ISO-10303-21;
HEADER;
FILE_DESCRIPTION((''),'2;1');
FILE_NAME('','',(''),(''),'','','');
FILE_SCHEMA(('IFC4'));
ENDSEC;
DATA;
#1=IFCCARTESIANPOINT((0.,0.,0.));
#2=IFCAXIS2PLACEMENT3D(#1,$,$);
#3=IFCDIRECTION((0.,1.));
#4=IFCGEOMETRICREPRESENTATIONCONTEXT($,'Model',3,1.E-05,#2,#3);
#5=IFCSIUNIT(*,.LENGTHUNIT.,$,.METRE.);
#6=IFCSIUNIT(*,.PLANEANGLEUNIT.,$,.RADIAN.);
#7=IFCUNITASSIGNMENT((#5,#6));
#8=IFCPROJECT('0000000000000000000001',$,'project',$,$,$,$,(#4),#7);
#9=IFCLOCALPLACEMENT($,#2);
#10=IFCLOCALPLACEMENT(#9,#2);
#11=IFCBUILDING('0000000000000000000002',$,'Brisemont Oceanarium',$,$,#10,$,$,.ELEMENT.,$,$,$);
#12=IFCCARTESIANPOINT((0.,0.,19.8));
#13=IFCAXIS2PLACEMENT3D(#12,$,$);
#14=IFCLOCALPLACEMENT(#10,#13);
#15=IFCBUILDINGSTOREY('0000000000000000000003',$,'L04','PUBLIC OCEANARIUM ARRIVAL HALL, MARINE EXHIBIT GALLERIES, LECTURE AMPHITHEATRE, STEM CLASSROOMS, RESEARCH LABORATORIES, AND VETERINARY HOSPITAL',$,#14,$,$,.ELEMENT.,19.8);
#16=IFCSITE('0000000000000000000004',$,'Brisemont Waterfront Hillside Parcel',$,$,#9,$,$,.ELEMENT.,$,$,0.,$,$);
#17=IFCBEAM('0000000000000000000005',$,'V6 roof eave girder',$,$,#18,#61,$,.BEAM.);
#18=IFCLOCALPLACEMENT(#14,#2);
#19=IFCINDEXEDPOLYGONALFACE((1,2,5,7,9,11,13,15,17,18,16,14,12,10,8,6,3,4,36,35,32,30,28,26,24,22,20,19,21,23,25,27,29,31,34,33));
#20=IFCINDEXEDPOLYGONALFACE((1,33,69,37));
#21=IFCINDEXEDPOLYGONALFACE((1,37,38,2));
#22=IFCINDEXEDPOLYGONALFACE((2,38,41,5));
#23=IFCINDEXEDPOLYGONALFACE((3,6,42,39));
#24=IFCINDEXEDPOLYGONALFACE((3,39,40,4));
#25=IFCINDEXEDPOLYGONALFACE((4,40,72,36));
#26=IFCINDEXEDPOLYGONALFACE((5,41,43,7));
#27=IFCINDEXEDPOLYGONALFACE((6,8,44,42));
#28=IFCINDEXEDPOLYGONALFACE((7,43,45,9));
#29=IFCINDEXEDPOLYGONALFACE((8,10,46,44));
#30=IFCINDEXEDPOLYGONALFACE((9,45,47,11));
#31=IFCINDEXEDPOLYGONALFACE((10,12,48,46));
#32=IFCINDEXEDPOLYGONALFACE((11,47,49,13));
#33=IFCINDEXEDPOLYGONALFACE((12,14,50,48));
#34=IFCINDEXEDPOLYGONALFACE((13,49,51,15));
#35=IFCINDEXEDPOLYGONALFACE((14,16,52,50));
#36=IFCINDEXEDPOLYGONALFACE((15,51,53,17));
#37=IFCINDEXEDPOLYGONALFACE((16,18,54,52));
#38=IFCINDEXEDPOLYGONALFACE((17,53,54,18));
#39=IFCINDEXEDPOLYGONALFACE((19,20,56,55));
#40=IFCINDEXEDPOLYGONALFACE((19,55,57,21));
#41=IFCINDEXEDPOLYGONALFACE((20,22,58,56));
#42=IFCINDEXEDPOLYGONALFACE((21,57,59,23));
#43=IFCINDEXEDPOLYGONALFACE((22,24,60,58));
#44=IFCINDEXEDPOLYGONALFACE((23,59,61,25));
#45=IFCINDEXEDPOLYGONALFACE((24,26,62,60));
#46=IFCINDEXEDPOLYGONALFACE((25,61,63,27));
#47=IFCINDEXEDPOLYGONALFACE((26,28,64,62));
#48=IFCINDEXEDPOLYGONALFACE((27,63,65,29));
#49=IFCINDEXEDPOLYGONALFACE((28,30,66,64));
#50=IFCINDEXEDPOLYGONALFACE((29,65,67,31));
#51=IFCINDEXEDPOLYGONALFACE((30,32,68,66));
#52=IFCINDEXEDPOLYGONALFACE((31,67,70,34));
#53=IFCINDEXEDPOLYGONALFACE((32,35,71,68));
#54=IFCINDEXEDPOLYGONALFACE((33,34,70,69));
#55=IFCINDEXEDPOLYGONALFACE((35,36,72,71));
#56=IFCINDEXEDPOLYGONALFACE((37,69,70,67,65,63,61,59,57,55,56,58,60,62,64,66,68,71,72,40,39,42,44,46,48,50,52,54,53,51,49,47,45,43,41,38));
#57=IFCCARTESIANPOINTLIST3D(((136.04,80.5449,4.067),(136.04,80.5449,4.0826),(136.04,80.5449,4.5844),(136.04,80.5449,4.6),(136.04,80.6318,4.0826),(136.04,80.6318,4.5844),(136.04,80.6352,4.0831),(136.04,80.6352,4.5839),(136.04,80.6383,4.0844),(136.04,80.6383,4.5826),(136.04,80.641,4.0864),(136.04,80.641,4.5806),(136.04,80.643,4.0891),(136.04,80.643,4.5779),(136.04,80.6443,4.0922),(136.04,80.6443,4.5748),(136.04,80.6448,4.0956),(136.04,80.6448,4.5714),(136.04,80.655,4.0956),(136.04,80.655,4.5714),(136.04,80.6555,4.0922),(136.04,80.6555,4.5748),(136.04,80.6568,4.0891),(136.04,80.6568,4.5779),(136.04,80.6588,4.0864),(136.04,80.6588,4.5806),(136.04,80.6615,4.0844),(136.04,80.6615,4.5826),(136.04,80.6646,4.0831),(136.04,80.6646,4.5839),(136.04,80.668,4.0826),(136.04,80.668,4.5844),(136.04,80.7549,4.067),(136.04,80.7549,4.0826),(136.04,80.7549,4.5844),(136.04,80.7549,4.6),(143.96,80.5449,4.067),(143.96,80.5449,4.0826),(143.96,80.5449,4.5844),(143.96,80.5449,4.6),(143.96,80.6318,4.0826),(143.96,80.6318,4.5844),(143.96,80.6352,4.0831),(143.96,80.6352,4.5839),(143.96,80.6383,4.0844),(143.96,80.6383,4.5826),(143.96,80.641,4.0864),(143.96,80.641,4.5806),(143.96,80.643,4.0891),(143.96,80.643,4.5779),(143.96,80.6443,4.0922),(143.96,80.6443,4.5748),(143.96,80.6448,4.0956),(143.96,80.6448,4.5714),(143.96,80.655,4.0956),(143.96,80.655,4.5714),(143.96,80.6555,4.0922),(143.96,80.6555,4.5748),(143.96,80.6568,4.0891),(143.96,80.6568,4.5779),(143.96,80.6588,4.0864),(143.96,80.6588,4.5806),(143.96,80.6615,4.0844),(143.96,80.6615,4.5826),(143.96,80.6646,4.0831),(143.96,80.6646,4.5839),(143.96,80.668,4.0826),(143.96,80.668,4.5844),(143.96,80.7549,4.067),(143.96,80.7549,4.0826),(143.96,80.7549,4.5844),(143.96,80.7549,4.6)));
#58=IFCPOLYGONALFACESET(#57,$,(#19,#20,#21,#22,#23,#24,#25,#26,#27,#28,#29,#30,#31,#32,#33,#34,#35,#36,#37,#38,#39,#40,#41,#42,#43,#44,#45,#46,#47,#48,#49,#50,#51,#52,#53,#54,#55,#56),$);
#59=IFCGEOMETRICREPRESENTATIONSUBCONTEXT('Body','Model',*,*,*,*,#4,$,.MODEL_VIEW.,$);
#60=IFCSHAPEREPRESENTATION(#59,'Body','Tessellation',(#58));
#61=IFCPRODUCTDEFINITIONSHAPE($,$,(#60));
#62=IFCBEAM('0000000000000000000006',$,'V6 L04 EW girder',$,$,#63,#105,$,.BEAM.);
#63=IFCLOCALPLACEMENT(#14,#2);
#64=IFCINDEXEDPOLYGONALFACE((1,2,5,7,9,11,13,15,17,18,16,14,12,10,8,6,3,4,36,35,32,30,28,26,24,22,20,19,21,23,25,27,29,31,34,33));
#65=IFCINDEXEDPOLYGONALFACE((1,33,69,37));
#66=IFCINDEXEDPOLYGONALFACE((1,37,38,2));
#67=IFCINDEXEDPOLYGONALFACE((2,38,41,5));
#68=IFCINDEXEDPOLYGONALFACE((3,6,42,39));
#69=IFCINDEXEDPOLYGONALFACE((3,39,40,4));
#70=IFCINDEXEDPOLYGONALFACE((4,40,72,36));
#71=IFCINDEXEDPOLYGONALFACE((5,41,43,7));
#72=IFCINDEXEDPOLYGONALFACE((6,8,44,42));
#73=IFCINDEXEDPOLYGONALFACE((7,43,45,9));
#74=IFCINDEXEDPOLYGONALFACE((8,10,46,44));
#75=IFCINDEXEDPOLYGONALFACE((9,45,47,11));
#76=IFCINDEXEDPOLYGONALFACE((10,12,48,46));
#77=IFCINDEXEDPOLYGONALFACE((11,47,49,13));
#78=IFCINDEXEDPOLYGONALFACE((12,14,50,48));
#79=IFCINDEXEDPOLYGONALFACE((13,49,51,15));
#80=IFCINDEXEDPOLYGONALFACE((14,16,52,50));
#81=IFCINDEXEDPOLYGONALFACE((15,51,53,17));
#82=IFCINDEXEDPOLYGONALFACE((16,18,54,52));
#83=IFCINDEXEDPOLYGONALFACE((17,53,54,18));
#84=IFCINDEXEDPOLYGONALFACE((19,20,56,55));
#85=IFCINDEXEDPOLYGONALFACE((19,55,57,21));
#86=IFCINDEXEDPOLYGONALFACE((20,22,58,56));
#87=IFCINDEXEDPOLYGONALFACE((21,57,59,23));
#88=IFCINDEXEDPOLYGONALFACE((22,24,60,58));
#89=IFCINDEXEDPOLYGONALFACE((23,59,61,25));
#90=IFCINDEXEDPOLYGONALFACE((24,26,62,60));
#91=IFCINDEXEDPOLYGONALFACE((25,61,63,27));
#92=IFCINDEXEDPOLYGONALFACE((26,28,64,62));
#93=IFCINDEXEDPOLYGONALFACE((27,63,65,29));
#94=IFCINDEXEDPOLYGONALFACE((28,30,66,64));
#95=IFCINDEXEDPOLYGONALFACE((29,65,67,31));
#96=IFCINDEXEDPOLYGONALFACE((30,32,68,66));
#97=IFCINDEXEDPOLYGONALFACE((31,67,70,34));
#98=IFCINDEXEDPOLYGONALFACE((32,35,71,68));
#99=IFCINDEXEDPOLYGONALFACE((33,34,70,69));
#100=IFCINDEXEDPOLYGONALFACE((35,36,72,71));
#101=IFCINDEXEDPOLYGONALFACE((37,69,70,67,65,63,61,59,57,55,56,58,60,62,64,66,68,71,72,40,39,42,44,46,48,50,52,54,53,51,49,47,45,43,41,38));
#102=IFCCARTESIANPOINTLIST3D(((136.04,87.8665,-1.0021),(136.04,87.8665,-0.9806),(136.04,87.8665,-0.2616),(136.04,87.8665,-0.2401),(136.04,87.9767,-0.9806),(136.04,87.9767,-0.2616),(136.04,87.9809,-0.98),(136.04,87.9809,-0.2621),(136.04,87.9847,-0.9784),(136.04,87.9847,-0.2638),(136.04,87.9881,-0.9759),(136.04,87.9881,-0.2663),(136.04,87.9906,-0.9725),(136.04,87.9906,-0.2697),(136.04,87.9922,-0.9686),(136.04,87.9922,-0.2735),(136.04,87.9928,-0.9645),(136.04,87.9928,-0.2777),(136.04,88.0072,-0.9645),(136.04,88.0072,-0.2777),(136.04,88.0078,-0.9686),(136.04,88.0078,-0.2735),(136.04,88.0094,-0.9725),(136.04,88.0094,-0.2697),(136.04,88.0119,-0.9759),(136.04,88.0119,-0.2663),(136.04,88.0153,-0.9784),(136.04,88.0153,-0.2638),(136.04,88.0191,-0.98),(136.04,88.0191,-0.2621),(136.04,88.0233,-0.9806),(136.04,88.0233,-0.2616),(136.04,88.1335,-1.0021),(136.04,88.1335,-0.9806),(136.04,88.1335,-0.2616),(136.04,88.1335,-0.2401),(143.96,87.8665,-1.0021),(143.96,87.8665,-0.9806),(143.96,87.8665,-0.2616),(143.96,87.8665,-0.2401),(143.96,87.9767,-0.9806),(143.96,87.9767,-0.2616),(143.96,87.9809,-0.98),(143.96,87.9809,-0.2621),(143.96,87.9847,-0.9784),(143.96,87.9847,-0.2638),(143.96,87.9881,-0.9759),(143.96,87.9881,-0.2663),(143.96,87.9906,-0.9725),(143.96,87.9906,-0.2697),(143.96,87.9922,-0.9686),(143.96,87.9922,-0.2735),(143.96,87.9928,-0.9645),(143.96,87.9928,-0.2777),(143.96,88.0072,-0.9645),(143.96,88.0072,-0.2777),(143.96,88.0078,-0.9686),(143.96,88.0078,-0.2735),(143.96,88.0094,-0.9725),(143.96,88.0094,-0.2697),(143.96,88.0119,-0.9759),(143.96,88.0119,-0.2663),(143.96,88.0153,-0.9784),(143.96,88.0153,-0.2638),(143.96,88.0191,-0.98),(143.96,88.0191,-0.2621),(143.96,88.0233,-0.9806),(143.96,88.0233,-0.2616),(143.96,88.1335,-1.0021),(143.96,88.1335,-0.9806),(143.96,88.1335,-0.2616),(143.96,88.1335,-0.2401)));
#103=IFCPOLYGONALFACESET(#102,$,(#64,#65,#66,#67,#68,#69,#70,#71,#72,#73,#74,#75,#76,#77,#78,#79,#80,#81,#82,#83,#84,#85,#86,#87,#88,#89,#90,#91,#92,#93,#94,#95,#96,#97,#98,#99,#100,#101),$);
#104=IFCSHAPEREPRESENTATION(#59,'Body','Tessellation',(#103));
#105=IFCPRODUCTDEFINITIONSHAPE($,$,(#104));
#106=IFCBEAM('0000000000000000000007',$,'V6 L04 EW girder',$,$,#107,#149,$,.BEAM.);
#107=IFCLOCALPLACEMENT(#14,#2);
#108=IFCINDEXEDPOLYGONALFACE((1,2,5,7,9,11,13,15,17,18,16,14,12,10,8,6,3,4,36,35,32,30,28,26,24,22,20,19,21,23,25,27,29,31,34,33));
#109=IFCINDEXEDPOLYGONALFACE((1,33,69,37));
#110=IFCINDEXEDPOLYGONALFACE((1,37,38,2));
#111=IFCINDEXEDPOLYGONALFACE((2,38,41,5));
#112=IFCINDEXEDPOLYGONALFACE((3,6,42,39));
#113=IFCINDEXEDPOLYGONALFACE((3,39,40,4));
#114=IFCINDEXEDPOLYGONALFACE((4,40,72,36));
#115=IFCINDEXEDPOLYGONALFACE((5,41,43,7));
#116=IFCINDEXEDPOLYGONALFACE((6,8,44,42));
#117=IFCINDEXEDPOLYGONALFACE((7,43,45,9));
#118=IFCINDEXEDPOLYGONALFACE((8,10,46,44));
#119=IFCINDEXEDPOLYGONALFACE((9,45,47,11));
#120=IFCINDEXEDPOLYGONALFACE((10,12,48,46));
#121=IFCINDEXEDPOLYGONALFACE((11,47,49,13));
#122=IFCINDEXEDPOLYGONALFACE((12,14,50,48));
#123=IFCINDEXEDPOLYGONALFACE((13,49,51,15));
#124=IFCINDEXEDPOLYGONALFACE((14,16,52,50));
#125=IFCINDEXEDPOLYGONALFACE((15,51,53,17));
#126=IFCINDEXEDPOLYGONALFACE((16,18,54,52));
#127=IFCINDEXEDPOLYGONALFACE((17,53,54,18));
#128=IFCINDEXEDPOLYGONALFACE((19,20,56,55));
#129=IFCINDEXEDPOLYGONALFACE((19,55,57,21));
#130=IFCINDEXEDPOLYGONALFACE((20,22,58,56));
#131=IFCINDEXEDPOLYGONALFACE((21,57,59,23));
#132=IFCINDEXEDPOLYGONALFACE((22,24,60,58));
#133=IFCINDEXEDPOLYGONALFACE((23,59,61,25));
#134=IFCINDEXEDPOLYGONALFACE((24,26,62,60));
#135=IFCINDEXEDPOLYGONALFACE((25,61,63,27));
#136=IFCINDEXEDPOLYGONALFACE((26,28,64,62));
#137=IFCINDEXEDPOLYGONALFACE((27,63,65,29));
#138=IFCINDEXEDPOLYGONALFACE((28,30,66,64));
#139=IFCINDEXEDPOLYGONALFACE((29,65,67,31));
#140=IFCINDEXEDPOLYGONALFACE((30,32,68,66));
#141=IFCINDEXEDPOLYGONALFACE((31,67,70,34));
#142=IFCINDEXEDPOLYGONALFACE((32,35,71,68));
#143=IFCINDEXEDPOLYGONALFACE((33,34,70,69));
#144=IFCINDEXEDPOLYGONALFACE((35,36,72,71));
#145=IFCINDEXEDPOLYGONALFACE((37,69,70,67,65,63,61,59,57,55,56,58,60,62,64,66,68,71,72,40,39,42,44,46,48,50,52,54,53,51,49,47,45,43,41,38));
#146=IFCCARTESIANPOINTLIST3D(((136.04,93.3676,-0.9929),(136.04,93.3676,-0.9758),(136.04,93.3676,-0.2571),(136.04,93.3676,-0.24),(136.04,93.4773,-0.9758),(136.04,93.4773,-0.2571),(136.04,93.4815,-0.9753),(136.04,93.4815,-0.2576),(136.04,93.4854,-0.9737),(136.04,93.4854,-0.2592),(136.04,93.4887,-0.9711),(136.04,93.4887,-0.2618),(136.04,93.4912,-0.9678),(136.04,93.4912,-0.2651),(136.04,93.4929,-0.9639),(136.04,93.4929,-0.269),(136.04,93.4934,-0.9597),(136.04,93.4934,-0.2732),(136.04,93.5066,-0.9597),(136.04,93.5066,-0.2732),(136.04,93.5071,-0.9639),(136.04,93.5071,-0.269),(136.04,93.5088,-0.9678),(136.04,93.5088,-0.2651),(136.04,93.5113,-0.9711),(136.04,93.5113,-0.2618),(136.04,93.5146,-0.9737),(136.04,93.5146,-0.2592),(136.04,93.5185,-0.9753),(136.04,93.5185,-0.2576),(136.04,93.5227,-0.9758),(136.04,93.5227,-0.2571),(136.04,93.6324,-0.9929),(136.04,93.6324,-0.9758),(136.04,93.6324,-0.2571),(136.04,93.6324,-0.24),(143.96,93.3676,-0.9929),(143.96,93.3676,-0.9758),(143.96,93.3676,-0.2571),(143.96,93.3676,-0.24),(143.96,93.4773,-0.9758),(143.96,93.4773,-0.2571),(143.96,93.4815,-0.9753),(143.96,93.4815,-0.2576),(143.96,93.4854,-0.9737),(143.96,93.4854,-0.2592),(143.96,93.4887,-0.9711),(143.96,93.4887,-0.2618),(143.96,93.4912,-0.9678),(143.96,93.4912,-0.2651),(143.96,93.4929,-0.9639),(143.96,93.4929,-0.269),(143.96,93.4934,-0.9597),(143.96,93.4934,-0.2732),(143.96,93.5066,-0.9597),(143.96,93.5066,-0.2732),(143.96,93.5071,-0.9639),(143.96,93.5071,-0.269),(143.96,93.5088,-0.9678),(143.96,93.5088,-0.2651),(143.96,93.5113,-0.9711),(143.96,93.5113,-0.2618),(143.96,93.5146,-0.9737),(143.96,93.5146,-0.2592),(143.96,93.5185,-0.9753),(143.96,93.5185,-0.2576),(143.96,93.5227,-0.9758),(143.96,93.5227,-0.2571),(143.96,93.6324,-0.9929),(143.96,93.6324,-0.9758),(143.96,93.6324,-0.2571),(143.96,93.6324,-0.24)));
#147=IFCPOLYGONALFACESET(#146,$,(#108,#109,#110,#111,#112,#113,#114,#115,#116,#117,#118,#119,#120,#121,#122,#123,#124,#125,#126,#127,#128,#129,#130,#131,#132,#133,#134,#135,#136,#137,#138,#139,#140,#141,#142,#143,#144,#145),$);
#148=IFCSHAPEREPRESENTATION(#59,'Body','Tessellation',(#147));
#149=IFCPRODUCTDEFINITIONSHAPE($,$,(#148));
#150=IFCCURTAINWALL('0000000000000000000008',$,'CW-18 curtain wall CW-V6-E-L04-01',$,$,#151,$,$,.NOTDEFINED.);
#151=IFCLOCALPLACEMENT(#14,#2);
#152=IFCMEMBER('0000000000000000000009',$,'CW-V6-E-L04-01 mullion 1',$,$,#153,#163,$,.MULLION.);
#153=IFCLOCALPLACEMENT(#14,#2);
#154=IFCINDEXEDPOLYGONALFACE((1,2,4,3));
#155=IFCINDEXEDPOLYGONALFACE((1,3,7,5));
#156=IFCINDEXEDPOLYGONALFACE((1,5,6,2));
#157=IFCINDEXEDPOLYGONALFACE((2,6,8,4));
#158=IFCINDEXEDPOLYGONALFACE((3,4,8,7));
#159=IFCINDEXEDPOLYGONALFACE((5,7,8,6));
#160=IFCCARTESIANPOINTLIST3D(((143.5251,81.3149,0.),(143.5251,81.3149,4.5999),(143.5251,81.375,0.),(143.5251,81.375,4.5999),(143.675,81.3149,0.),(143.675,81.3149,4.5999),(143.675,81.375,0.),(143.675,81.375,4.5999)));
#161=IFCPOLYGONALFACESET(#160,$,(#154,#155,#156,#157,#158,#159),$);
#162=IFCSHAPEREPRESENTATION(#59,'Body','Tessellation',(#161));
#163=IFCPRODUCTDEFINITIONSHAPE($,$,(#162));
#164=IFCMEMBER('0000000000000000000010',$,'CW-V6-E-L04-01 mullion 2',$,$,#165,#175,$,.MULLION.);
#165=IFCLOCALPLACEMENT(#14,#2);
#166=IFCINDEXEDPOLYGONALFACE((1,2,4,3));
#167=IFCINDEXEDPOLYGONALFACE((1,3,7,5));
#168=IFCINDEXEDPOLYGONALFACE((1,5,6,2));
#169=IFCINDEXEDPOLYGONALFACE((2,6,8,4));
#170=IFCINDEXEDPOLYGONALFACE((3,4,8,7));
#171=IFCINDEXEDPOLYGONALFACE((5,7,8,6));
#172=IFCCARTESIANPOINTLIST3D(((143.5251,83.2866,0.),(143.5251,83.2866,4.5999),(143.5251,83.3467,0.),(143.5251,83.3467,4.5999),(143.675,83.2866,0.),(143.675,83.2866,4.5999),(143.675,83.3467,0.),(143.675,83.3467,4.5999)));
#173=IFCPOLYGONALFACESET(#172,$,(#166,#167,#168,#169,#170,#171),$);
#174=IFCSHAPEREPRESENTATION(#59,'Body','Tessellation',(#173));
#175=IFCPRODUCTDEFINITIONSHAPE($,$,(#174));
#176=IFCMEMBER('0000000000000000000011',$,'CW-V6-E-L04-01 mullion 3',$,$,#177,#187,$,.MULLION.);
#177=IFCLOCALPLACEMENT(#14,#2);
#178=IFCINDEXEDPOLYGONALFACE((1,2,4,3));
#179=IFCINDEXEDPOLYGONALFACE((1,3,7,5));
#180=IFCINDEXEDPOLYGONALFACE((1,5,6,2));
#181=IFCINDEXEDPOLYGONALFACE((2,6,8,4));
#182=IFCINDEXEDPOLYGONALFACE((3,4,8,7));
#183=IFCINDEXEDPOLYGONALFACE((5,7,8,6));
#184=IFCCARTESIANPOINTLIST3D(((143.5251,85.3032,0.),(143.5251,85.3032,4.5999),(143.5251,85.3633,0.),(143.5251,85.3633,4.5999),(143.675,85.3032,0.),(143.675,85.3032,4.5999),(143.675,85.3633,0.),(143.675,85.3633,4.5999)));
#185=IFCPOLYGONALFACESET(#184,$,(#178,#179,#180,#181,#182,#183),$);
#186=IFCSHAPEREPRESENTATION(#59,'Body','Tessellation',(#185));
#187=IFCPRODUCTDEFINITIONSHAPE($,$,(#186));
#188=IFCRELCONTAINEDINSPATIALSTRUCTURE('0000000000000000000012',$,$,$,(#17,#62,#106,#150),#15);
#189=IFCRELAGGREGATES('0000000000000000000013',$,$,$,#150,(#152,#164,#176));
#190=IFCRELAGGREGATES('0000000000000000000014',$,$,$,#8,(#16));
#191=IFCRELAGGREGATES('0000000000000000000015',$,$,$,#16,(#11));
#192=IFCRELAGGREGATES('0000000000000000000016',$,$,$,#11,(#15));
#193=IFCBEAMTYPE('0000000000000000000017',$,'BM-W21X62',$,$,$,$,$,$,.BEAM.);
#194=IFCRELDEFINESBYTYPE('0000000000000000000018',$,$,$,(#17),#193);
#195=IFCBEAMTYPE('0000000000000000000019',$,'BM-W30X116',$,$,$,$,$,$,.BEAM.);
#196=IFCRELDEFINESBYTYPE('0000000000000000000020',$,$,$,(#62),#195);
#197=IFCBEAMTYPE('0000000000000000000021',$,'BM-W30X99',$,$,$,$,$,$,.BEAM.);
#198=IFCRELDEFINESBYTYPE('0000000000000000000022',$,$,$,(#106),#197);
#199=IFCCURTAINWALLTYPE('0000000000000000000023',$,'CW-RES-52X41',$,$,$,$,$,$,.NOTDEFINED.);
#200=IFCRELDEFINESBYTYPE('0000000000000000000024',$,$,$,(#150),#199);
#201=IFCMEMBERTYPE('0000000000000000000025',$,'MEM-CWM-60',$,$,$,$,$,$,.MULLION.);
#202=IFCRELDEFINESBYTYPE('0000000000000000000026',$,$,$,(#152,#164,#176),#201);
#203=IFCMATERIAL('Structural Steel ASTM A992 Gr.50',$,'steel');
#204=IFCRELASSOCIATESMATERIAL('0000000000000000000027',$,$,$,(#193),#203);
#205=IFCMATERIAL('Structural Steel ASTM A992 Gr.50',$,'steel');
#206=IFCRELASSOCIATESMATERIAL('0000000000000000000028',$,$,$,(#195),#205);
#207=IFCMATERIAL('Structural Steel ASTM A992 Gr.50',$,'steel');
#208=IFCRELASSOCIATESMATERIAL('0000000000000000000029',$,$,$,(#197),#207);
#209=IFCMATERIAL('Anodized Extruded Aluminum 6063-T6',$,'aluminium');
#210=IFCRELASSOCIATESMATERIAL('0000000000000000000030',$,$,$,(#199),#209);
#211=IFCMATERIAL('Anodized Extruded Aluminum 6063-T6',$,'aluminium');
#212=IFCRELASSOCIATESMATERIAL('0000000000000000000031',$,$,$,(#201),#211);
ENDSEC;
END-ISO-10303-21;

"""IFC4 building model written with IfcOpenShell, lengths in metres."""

from ifc_helpers import new_model, si_unit, direction, frame, origin, origin_2d, place, context, subcontext, project, spatial, rectangle, i_section, extrude, material, material_profile, profile_set, type_object, element, aggregate, save


model = new_model("IFC4")

# Units and contexts
model_context = context("Model", 3, precision=1e-05, world=origin(), true_north=direction((0.0, 1.0)))
body_context = subcontext(model_context, "Body", "Model", "MODEL_VIEW")
ifc_project = project(units=[si_unit("LENGTHUNIT", "METRE"), si_unit("PLANEANGLEUNIT", "RADIAN")], contexts=[model_context])

# Site, building, storey
site_placement = place(None, origin())
site = spatial("IfcSite", under=ifc_project, at=site_placement, Name="Brisemont Waterfront Hillside Parcel", CompositionType="ELEMENT", RefElevation=0.0)
building_placement = place(site_placement, origin())
building = spatial("IfcBuilding", under=site, at=building_placement, Name="Brisemont Oceanarium", CompositionType="ELEMENT")
storey_placement = place(building_placement, frame((0.0, 0.0, 19.8)))
storey = spatial("IfcBuildingStorey", under=building, at=storey_placement, Name="L04", Description="PUBLIC OCEANARIUM ARRIVAL HALL, MARINE EXHIBIT GALLERIES, LECTURE AMPHITHEATRE, STEM CLASSROOMS, RESEARCH LABORATORIES, AND VETERINARY HOSPITAL", CompositionType="ELEMENT", Elevation=19.8)

# Beams
ifc_material_1 = material(Name="Structural Steel ASTM A992 Gr.50", Category="steel")
ifc_material_profile_1 = material_profile(ifc_material_1, i_section(OverallWidth=0.21, OverallDepth=0.533, WebThickness=0.0103, FlangeThickness=0.0156, FilletRadius=0.0129, at=origin_2d()), Name="W21X62")
ifc_profile_set_1 = profile_set([ifc_material_profile_1], Name="Structural Steel ASTM A992 Gr.50")
beam_type_1 = type_object("IfcBeamType", Name="BM-W21X62", PredefinedType="BEAM", material=ifc_profile_set_1)
beam_1_placement = place(storey_placement, frame((136.04, 80.6499, 4.3335), z_axis=(1.0, 0.0, 0.0), x_axis=(0.0, 1.0, 0.0)))
element("IfcBeam", 1, at=beam_1_placement, inside=storey, type_object=beam_type_1, Name="V6 roof eave girder", PredefinedType="BEAM", context=body_context, shape_type="SweptSolid", body=[
    extrude(i_section(OverallWidth=0.21, OverallDepth=0.533, WebThickness=0.0103, FlangeThickness=0.0156, FilletRadius=0.0129, at=origin_2d()), origin(), (0.0, 0.0, 1.0), 7.9199),
])
ifc_material_2 = material(Name="Structural Steel ASTM A992 Gr.50", Category="steel")
ifc_material_profile_2 = material_profile(ifc_material_2, i_section(OverallWidth=0.2671, OverallDepth=0.762, WebThickness=0.0144, FlangeThickness=0.0215, FilletRadius=0.0161, at=origin_2d()), Name="W30X116")
ifc_profile_set_2 = profile_set([ifc_material_profile_2], Name="Structural Steel ASTM A992 Gr.50")
beam_type_2 = type_object("IfcBeamType", Name="BM-W30X116", PredefinedType="BEAM", material=ifc_profile_set_2)
beam_2_placement = place(storey_placement, frame((136.04, 88.0, -0.6211), z_axis=(1.0, 0.0, 0.0), x_axis=(0.0, 1.0, 0.0)))
element("IfcBeam", 2, at=beam_2_placement, inside=storey, type_object=beam_type_2, Name="V6 L04 EW girder", PredefinedType="BEAM", context=body_context, shape_type="SweptSolid", body=[
    extrude(i_section(OverallWidth=0.2671, OverallDepth=0.762, WebThickness=0.0144, FlangeThickness=0.0215, FilletRadius=0.0161, at=origin_2d()), origin(), (0.0, 0.0, 1.0), 7.9199),
])
ifc_material_3 = material(Name="Structural Steel ASTM A992 Gr.50", Category="steel")
ifc_material_profile_3 = material_profile(ifc_material_3, i_section(OverallWidth=0.2649, OverallDepth=0.7529, WebThickness=0.0132, FlangeThickness=0.0171, FilletRadius=0.0161, at=origin_2d()), Name="W30X99")
ifc_profile_set_3 = profile_set([ifc_material_profile_3], Name="Structural Steel ASTM A992 Gr.50")
beam_type_3 = type_object("IfcBeamType", Name="BM-W30X99", PredefinedType="BEAM", material=ifc_profile_set_3)
beam_3_placement = place(storey_placement, frame((136.04, 93.5, -0.6165), z_axis=(1.0, 0.0, 0.0), x_axis=(0.0, 1.0, 0.0)))
element("IfcBeam", 3, at=beam_3_placement, inside=storey, type_object=beam_type_3, Name="V6 L04 EW girder", PredefinedType="BEAM", context=body_context, shape_type="SweptSolid", body=[
    extrude(i_section(OverallWidth=0.2649, OverallDepth=0.7529, WebThickness=0.0132, FlangeThickness=0.0171, FilletRadius=0.0161, at=origin_2d()), origin(), (0.0, 0.0, 1.0), 7.9199),
])

# Curtain wall, members
ifc_material_4 = material(Name="Anodized Extruded Aluminum 6063-T6", Category="aluminium")
curtain_wall_type = type_object("IfcCurtainWallType", Name="CW-RES-52X41", PredefinedType="NOTDEFINED", material=ifc_material_4)
curtain_wall_1_placement = place(storey_placement, origin())
curtain_wall_1 = element("IfcCurtainWall", 4, at=curtain_wall_1_placement, inside=storey, type_object=curtain_wall_type, Name="CW-18 curtain wall CW-V6-E-L04-01", PredefinedType="NOTDEFINED")
ifc_material_5 = material(Name="Anodized Extruded Aluminum 6063-T6", Category="aluminium")
ifc_material_profile_4 = material_profile(ifc_material_5, rectangle(XDim=0.0601, YDim=0.1499, at=origin_2d()), Name="CWM-60X150")
ifc_profile_set_4 = profile_set([ifc_material_profile_4], Name="Anodized Extruded Aluminum 6063-T6")
member_type_1 = type_object("IfcMemberType", Name="MEM-CWM-60", PredefinedType="MULLION", material=ifc_profile_set_4)
member_1_placement = place(storey_placement, frame((143.6001, 81.345, 0.0), z_axis=(0.0, 0.0, 1.0), x_axis=(0.0, 1.0, 0.0)))
member_1 = element("IfcMember", 5, at=member_1_placement, type_object=member_type_1, Name="CW-V6-E-L04-01 mullion 1", PredefinedType="MULLION", context=body_context, shape_type="SweptSolid", body=[
    extrude(rectangle(XDim=0.0601, YDim=0.1499, at=origin_2d()), origin(), (0.0, 0.0, 1.0), 4.5999),
])
member_2_placement = place(storey_placement, frame((143.6001, 83.3167, 0.0), z_axis=(0.0, 0.0, 1.0), x_axis=(0.0, 1.0, 0.0)))
member_2 = element("IfcMember", 6, at=member_2_placement, type_object=member_type_1, Name="CW-V6-E-L04-01 mullion 2", PredefinedType="MULLION", context=body_context, shape_type="SweptSolid", body=[
    extrude(rectangle(XDim=0.0601, YDim=0.1499, at=origin_2d()), origin(), (0.0, 0.0, 1.0), 4.5999),
])
member_3_placement = place(storey_placement, frame((143.6001, 85.3333, 0.0), z_axis=(0.0, 0.0, 1.0), x_axis=(0.0, 1.0, 0.0)))
member_3 = element("IfcMember", 7, at=member_3_placement, type_object=member_type_1, Name="CW-V6-E-L04-01 mullion 3", PredefinedType="MULLION", context=body_context, shape_type="SweptSolid", body=[
    extrude(rectangle(XDim=0.0601, YDim=0.1499, at=origin_2d()), origin(), (0.0, 0.0, 1.0), 4.5999),
])

aggregate(curtain_wall_1, [member_1, member_2, member_3])

save(model, "model.ifc")
